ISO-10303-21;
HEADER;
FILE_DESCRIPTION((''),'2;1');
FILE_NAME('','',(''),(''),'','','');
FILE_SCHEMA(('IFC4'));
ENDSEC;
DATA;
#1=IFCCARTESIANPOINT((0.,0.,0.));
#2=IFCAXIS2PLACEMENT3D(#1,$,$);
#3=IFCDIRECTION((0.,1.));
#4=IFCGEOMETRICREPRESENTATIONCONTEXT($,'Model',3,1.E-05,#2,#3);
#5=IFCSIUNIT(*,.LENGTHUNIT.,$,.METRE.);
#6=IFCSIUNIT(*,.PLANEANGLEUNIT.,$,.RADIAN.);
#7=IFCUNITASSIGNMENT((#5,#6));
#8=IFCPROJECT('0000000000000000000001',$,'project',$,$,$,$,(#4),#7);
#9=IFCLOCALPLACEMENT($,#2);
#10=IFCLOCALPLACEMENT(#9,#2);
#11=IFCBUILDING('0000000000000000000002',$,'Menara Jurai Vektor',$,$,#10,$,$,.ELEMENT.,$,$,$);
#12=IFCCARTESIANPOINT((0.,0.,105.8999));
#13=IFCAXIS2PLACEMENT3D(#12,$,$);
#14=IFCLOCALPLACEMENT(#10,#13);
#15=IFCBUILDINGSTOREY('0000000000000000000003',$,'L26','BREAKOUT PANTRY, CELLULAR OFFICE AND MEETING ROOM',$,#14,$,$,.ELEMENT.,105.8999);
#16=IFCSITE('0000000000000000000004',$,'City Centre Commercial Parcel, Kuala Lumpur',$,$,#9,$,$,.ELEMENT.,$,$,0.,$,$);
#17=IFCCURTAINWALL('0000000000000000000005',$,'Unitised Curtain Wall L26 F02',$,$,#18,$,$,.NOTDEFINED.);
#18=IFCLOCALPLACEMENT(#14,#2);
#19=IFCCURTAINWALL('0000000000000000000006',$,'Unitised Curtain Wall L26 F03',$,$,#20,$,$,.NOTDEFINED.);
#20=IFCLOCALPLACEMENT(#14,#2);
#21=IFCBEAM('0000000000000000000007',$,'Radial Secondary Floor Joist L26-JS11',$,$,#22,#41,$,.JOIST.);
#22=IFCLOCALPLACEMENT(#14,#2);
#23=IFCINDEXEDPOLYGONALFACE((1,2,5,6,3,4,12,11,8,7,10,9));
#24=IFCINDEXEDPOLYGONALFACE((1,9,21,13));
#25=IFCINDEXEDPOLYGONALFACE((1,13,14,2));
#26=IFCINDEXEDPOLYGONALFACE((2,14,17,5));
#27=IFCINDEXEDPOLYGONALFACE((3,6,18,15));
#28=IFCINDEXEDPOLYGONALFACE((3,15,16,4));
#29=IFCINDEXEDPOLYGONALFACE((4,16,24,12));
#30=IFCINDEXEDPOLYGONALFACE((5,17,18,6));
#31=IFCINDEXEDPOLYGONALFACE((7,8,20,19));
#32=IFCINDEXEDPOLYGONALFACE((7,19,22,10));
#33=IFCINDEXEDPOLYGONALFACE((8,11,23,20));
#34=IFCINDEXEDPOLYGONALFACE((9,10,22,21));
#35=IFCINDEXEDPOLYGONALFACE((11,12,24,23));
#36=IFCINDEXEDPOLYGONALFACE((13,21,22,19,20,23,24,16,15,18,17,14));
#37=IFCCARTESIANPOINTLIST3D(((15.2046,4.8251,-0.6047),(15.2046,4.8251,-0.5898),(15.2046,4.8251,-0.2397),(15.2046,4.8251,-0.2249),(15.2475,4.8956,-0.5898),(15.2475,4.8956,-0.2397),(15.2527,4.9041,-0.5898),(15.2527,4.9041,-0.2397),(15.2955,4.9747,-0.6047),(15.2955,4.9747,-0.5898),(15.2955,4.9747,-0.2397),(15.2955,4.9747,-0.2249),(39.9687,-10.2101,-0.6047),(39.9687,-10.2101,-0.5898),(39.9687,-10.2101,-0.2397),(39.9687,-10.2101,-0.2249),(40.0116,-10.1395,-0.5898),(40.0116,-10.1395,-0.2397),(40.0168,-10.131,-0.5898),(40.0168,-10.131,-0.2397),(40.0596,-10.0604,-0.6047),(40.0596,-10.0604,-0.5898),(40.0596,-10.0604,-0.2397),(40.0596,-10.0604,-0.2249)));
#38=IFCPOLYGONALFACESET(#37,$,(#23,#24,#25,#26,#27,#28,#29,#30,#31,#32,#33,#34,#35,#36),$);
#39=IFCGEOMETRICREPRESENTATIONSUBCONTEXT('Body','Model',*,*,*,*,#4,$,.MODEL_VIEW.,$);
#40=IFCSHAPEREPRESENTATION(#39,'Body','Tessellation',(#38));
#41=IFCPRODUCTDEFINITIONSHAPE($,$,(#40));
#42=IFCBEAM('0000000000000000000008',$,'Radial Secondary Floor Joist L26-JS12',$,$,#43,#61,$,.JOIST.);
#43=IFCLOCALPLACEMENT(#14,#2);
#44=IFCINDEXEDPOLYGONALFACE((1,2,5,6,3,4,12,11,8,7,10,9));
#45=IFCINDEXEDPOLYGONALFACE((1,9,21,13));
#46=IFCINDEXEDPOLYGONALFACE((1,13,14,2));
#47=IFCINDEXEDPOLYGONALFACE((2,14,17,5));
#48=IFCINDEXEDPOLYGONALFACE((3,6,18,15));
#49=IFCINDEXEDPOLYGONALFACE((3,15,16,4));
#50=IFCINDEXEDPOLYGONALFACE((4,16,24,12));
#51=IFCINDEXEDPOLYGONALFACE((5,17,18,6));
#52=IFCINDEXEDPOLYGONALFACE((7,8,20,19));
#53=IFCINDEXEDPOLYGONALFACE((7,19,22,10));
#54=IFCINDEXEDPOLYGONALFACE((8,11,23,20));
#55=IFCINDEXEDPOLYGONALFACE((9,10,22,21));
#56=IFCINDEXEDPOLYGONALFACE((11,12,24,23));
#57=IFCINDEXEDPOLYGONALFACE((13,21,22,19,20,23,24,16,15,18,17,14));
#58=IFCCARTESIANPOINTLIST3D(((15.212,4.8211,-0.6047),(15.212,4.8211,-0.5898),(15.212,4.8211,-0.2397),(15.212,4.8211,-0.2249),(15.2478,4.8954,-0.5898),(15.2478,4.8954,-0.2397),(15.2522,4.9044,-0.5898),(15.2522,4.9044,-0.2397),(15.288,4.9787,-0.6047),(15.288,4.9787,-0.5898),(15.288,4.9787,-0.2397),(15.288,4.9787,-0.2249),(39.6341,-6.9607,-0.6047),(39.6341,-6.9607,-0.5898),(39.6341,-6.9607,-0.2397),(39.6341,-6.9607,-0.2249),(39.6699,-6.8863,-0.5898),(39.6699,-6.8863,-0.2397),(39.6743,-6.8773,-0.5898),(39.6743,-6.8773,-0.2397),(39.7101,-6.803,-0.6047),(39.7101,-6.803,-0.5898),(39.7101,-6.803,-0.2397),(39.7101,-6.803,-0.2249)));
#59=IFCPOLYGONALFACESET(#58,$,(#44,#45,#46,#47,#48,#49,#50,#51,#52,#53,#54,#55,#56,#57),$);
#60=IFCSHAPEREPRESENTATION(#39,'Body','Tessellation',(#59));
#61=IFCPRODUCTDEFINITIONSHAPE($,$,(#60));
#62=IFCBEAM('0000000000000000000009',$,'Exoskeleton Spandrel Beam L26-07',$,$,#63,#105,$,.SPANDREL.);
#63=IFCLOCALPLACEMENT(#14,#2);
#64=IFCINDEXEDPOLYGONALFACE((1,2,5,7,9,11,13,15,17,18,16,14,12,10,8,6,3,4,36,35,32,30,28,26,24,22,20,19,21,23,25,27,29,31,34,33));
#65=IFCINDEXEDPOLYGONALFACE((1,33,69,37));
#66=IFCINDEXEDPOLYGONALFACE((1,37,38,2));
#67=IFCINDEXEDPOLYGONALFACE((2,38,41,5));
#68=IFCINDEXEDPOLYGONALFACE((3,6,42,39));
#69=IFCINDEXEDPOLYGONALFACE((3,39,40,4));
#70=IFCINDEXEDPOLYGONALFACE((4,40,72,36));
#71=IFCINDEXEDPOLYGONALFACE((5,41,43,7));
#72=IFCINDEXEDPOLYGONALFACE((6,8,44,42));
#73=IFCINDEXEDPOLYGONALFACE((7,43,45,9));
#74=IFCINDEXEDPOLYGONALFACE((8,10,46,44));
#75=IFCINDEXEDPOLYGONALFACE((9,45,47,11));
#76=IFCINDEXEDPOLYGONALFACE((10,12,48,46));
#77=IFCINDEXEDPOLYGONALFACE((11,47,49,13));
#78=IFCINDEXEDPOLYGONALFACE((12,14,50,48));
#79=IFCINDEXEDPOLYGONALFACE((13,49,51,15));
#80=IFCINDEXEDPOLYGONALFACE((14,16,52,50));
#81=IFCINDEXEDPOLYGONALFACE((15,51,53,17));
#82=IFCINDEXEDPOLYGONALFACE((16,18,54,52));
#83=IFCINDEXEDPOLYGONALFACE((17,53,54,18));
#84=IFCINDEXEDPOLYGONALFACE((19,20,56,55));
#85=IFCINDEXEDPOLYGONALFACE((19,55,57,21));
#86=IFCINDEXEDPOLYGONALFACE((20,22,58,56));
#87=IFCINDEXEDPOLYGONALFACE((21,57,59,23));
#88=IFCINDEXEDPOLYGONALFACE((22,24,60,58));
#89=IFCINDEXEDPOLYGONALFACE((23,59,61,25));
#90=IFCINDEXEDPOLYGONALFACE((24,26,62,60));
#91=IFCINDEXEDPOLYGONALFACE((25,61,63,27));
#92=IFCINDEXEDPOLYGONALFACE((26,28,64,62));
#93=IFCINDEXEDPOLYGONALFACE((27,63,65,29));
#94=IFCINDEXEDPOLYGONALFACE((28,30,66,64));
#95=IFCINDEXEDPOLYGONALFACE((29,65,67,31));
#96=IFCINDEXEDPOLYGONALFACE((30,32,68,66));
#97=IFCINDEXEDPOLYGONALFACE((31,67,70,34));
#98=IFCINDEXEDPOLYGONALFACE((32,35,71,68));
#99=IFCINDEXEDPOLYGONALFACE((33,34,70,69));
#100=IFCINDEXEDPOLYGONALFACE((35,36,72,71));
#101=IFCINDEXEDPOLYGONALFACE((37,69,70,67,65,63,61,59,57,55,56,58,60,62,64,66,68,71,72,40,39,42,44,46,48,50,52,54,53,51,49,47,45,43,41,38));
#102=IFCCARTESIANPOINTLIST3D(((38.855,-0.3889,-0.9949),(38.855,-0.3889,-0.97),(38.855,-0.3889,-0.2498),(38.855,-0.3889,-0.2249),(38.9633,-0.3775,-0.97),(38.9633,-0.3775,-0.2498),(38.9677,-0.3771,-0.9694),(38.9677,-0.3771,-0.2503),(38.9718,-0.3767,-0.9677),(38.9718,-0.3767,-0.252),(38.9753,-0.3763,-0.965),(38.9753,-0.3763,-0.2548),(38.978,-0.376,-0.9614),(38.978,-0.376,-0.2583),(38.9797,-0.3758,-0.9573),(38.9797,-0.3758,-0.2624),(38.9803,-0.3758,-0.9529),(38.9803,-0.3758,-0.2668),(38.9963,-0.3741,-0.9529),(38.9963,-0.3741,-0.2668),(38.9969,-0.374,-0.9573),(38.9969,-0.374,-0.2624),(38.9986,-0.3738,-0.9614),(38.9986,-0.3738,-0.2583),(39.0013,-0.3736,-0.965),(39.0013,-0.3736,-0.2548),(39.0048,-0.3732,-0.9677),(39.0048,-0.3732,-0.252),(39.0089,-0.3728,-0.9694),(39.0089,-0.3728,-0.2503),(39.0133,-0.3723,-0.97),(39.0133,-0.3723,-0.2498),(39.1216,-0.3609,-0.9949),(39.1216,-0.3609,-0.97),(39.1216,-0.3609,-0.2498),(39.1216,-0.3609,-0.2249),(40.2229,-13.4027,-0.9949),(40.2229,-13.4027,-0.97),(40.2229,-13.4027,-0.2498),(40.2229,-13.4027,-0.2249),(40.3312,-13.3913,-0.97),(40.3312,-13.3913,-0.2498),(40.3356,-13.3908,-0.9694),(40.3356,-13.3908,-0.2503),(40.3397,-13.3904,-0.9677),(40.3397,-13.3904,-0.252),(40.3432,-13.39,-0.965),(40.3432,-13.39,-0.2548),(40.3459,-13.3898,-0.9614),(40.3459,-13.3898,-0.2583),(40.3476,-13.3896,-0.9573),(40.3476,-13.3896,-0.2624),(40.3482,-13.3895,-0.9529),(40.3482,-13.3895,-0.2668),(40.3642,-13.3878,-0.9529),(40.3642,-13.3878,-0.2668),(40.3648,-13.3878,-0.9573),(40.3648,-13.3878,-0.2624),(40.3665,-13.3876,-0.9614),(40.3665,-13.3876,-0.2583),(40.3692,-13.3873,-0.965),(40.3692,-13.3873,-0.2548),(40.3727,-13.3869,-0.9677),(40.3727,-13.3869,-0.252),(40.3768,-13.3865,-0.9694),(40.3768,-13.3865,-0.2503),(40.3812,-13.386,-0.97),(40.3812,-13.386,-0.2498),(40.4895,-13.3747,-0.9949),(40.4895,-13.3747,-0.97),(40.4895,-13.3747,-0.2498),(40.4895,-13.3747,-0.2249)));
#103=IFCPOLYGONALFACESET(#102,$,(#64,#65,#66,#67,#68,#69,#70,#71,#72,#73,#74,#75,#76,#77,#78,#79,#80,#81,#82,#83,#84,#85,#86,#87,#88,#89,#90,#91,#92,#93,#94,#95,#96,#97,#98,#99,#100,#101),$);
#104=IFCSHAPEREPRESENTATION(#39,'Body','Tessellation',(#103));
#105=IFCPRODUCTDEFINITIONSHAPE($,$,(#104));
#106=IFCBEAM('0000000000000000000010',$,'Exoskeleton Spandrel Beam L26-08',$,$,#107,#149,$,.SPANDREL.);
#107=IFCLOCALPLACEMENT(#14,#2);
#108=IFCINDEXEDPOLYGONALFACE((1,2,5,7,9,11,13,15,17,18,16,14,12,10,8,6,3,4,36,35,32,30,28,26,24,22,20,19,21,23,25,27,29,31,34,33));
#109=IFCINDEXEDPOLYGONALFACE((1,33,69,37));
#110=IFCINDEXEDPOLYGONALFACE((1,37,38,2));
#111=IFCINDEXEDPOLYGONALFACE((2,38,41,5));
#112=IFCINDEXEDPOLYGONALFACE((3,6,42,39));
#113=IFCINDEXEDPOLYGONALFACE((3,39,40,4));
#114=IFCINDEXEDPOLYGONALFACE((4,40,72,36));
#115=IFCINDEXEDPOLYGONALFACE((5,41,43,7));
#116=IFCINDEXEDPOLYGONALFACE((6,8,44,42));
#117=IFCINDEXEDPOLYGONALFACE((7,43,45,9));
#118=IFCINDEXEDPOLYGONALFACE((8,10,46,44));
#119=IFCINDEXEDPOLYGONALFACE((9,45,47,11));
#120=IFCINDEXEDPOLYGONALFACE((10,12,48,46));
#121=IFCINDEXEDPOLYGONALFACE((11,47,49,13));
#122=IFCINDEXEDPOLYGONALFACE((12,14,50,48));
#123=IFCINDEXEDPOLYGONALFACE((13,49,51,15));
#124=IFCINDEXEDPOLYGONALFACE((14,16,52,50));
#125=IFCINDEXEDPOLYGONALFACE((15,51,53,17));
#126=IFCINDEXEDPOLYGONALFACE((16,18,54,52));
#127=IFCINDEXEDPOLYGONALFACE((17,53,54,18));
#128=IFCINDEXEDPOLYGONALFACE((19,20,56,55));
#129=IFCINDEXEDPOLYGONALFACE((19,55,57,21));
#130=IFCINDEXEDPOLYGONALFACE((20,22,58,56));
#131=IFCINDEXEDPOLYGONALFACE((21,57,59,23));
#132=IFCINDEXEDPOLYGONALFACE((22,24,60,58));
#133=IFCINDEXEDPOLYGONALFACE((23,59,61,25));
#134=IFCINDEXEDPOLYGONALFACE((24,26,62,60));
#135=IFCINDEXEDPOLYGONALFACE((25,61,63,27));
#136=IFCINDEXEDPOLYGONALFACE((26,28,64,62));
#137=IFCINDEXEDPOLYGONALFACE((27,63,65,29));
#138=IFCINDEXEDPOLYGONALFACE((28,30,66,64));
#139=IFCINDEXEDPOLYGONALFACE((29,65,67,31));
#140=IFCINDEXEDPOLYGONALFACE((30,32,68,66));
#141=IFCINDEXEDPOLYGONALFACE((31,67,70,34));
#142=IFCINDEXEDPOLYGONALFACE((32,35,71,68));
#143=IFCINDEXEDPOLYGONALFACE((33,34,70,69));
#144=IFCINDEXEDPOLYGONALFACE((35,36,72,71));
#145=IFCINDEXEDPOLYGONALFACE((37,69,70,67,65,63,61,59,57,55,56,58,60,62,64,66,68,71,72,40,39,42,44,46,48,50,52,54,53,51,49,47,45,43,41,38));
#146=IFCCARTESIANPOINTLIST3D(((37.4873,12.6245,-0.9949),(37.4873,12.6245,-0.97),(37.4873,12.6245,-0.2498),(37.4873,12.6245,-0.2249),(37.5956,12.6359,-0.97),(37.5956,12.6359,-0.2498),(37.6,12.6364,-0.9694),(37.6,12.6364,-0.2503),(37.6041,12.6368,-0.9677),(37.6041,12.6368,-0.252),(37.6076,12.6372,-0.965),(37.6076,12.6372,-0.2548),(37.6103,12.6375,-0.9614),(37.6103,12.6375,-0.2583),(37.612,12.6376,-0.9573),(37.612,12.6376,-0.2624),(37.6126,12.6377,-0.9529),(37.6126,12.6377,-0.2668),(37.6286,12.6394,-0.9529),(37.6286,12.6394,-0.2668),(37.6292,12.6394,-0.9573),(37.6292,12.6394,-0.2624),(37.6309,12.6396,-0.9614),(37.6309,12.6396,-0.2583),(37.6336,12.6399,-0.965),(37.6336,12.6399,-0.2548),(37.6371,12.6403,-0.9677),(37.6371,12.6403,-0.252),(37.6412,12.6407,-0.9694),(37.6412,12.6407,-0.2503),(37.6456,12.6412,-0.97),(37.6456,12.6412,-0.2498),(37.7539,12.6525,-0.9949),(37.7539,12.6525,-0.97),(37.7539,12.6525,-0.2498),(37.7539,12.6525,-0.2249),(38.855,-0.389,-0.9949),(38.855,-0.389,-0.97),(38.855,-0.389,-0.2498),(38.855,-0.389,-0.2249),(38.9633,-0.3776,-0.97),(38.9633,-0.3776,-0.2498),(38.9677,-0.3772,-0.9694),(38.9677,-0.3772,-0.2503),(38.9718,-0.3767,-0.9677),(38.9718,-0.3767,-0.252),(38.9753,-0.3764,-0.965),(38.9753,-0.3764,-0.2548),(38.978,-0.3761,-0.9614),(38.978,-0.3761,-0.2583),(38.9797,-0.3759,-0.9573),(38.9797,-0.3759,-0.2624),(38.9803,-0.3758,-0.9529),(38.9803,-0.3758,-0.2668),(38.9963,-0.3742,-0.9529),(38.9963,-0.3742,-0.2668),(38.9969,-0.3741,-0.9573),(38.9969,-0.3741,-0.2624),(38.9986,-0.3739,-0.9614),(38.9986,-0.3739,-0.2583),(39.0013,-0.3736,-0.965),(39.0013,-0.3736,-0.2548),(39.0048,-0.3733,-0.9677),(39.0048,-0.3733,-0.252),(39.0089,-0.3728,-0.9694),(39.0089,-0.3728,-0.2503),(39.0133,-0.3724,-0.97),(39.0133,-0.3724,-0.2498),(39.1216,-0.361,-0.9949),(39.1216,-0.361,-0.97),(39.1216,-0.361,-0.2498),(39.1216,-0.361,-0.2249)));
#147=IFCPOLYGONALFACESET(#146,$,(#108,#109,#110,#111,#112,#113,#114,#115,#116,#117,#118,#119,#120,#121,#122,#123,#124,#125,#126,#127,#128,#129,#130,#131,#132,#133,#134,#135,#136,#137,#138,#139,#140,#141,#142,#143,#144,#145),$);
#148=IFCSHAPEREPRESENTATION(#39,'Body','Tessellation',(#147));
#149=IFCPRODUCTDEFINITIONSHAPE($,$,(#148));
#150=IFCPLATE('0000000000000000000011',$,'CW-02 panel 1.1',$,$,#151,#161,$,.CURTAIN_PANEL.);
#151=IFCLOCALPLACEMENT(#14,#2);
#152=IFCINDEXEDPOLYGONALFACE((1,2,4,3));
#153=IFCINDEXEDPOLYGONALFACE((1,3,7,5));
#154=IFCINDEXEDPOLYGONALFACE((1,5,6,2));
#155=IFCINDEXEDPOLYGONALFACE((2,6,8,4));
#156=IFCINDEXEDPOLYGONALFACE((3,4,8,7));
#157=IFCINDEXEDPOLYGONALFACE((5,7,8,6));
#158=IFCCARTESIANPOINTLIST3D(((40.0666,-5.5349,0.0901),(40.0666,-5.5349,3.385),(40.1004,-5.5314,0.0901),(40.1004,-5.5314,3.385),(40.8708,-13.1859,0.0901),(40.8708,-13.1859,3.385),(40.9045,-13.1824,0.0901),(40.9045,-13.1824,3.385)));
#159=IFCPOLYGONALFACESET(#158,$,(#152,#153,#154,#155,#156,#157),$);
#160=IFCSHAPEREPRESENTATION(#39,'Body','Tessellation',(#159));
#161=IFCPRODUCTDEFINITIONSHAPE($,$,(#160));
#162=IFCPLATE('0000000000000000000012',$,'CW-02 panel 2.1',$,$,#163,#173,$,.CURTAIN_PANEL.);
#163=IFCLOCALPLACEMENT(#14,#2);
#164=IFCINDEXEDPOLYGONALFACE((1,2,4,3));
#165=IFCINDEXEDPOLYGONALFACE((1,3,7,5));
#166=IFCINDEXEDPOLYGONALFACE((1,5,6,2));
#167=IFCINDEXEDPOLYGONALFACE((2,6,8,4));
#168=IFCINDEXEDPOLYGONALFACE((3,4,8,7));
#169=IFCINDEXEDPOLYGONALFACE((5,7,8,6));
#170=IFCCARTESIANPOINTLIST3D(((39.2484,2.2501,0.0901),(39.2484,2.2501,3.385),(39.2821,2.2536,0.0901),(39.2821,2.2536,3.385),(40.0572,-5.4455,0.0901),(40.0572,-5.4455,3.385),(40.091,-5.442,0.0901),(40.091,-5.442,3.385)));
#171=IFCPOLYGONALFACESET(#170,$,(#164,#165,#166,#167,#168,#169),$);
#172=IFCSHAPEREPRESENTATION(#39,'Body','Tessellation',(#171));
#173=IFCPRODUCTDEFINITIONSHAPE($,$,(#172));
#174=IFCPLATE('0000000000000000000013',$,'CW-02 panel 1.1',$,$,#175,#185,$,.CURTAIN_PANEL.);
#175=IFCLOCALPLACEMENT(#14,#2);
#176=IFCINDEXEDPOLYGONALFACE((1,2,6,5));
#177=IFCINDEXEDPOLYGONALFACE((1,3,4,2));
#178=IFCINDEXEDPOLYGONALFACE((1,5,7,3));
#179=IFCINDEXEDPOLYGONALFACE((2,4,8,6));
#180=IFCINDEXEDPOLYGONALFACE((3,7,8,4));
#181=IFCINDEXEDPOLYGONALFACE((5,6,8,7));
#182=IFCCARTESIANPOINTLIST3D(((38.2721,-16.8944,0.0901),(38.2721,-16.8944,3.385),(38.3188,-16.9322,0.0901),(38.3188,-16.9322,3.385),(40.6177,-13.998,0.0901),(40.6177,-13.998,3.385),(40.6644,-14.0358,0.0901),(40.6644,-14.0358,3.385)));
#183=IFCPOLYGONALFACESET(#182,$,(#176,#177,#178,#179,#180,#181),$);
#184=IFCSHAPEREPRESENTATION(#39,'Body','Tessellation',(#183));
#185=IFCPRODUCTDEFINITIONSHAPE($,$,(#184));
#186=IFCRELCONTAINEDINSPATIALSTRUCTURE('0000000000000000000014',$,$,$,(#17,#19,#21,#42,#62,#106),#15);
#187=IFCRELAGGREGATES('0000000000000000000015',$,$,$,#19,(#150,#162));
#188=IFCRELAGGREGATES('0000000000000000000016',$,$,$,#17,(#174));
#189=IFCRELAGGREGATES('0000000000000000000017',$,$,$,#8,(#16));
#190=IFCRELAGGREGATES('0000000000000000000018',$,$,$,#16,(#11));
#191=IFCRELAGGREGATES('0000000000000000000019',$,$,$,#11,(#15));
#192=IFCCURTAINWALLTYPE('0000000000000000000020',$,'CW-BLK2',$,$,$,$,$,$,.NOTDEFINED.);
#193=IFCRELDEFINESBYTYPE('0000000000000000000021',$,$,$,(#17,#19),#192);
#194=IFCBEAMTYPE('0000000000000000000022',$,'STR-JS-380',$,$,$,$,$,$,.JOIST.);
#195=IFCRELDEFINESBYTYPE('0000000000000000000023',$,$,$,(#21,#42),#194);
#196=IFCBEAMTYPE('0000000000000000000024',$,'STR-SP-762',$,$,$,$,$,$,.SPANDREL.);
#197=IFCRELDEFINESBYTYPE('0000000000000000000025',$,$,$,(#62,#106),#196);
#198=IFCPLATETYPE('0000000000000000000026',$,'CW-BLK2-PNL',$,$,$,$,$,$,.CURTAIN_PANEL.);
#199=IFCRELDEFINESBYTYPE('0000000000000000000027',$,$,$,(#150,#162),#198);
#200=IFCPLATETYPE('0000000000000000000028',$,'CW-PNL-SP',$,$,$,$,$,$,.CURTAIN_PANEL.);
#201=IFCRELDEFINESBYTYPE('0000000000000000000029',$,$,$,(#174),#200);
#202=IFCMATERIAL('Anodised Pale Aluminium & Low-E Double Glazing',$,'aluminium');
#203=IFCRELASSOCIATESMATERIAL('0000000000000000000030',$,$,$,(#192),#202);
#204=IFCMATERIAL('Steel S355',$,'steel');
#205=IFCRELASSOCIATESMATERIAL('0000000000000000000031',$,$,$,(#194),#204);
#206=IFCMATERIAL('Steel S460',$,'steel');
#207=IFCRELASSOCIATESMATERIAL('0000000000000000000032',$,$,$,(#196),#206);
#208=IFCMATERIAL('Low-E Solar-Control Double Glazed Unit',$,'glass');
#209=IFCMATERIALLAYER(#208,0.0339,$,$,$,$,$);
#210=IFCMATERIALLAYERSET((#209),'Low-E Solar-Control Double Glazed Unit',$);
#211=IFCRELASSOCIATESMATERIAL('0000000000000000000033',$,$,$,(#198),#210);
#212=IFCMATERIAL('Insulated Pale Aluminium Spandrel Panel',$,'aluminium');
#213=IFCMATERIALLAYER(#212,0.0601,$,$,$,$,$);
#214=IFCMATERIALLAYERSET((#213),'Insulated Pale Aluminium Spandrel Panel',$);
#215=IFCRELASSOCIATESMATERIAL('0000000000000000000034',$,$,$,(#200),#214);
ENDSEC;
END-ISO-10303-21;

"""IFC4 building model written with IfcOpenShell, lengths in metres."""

from ifc_helpers import new_model, si_unit, direction, frame, origin, origin_2d, place, context, subcontext, project, spatial, rectangle, i_section, extrude, material, layer, layer_set, material_profile, profile_set, type_object, element, aggregate, save


model = new_model("IFC4")

# Units and contexts
model_context = context("Model", 3, precision=1e-05, world=origin(), true_north=direction((0.0, 1.0)))
body_context = subcontext(model_context, "Body", "Model", "MODEL_VIEW")
ifc_project = project(units=[si_unit("LENGTHUNIT", "METRE"), si_unit("PLANEANGLEUNIT", "RADIAN")], contexts=[model_context])

# Site, building, storey
site_placement = place(None, origin())
site = spatial("IfcSite", under=ifc_project, at=site_placement, Name="City Centre Commercial Parcel, Kuala Lumpur", CompositionType="ELEMENT", RefElevation=0.0)
building_placement = place(site_placement, origin())
building = spatial("IfcBuilding", under=site, at=building_placement, Name="Menara Jurai Vektor", CompositionType="ELEMENT")
storey_placement = place(building_placement, frame((0.0, 0.0, 105.8999)))
storey = spatial("IfcBuildingStorey", under=building, at=storey_placement, Name="L26", Description="BREAKOUT PANTRY, CELLULAR OFFICE AND MEETING ROOM", CompositionType="ELEMENT", Elevation=105.8999)

# Shared definitions
ifc_material_1 = material(Name="Steel S460", Category="steel")

# Curtain walls
ifc_material_2 = material(Name="Anodised Pale Aluminium & Low-E Double Glazing", Category="aluminium")
curtain_wall_type = type_object("IfcCurtainWallType", Name="CW-BLK2", PredefinedType="NOTDEFINED", material=ifc_material_2)
curtain_wall_1_placement = place(storey_placement, origin())
curtain_wall_1 = element("IfcCurtainWall", 1, at=curtain_wall_1_placement, inside=storey, type_object=curtain_wall_type, Name="Unitised Curtain Wall L26 F02", PredefinedType="NOTDEFINED")
curtain_wall_2_placement = place(storey_placement, origin())
curtain_wall_2 = element("IfcCurtainWall", 2, at=curtain_wall_2_placement, inside=storey, type_object=curtain_wall_type, Name="Unitised Curtain Wall L26 F03", PredefinedType="NOTDEFINED")

# Shared definitions
ifc_material_3 = material(Name="Steel S355", Category="steel")

# Beams
ifc_material_profile_1 = material_profile(ifc_material_3, i_section(OverallWidth=0.175, OverallDepth=0.3799, WebThickness=0.01, FlangeThickness=0.0149, at=origin_2d()), Name="PG 380x175x58")
ifc_profile_set_1 = profile_set([ifc_material_profile_1], Name="Steel S355")
beam_type_1 = type_object("IfcBeamType", Name="STR-JS-380", PredefinedType="JOIST", material=ifc_profile_set_1)
beam_1_placement = place(storey_placement, frame((40.0142, -10.1353, -0.4148), z_axis=(-0.854791, 0.518972, 0.0), x_axis=(-0.518972, -0.854791, 0.0)))
element("IfcBeam", 3, at=beam_1_placement, inside=storey, type_object=beam_type_1, Name="Radial Secondary Floor Joist L26-JS11", PredefinedType="JOIST", context=body_context, shape_type="SweptSolid", body=[
    extrude(i_section(OverallWidth=0.175, OverallDepth=0.3799, WebThickness=0.01, FlangeThickness=0.0149, at=origin_2d()), origin(), (0.0, 0.0, 1.0), 28.9709),
])
beam_2_placement = place(storey_placement, frame((39.6721, -6.8818, -0.4148), z_axis=(-0.900671, 0.434502, 0.0), x_axis=(-0.434502, -0.900671, 0.0)))
element("IfcBeam", 4, at=beam_2_placement, inside=storey, type_object=beam_type_1, Name="Radial Secondary Floor Joist L26-JS12", PredefinedType="JOIST", context=body_context, shape_type="SweptSolid", body=[
    extrude(i_section(OverallWidth=0.175, OverallDepth=0.3799, WebThickness=0.01, FlangeThickness=0.0149, at=origin_2d()), origin(), (0.0, 0.0, 1.0), 27.1155),
])
ifc_material_profile_2 = material_profile(ifc_material_1, i_section(OverallWidth=0.2681, OverallDepth=0.77, WebThickness=0.0161, FlangeThickness=0.0249, FilletRadius=0.0171, at=origin_2d()), Name="UKB 762x267x197")
ifc_profile_set_2 = profile_set([ifc_material_profile_2], Name="Steel S460")
beam_type_2 = type_object("IfcBeamType", Name="STR-SP-762", PredefinedType="SPANDREL", material=ifc_profile_set_2)
beam_3_placement = place(storey_placement, frame((40.3562, -13.3887, -0.6099), z_axis=(-0.104538, 0.994521, 0.0), x_axis=(-0.994521, -0.104538, 0.0)))
element("IfcBeam", 5, at=beam_3_placement, inside=storey, type_object=beam_type_2, Name="Exoskeleton Spandrel Beam L26-07", PredefinedType="SPANDREL", context=body_context, shape_type="SweptSolid", body=[
    extrude(i_section(OverallWidth=0.2681, OverallDepth=0.77, WebThickness=0.0161, FlangeThickness=0.0249, FilletRadius=0.0171, at=origin_2d()), origin(), (0.0, 0.0, 1.0), 13.0854),
])
beam_4_placement = place(storey_placement, frame((38.9883, -0.375, -0.6099), z_axis=(-0.104522, 0.994523, 0.0), x_axis=(-0.994523, -0.104522, 0.0)))
element("IfcBeam", 6, at=beam_4_placement, inside=storey, type_object=beam_type_2, Name="Exoskeleton Spandrel Beam L26-08", PredefinedType="SPANDREL", context=body_context, shape_type="SweptSolid", body=[
    extrude(i_section(OverallWidth=0.2681, OverallDepth=0.77, WebThickness=0.0161, FlangeThickness=0.0249, FilletRadius=0.0171, at=origin_2d()), origin(), (0.0, 0.0, 1.0), 13.0852),
])

# Plates
ifc_material_4 = material(Name="Low-E Solar-Control Double Glazed Unit", Category="glass")
ifc_layer_1 = layer(ifc_material_4, 0.0339)
ifc_layer_set_1 = layer_set([ifc_layer_1], Name="Low-E Solar-Control Double Glazed Unit")
plate_type_1 = type_object("IfcPlateType", Name="CW-BLK2-PNL", PredefinedType="CURTAIN_PANEL", material=ifc_layer_set_1)
plate_1_placement = place(storey_placement, frame((40.4856, -9.3586, 0.0901), z_axis=(0.0, 0.0, 1.0), x_axis=(-0.10453, 0.994522, 0.0)))
plate_1 = element("IfcPlate", 7, at=plate_1_placement, type_object=plate_type_1, Name="CW-02 panel 1.1", PredefinedType="CURTAIN_PANEL", context=body_context, shape_type="SweptSolid", body=[
    extrude(rectangle(XDim=7.6931, YDim=0.0339, at=origin_2d()), origin(), (0.0, 0.0, 1.0), 3.2949),
])
plate_2_placement = place(storey_placement, frame((39.6697, -1.5959, 0.0901), z_axis=(0.0, 0.0, 1.0), x_axis=(-0.10453, 0.994522, 0.0)))
plate_2 = element("IfcPlate", 8, at=plate_2_placement, type_object=plate_type_1, Name="CW-02 panel 2.1", PredefinedType="CURTAIN_PANEL", context=body_context, shape_type="SweptSolid", body=[
    extrude(rectangle(XDim=7.738, YDim=0.0339, at=origin_2d()), origin(), (0.0, 0.0, 1.0), 3.2949),
])
aggregate(curtain_wall_2, [plate_1, plate_2])
ifc_material_5 = material(Name="Insulated Pale Aluminium Spandrel Panel", Category="aluminium")
ifc_layer_2 = layer(ifc_material_5, 0.0601)
ifc_layer_set_2 = layer_set([ifc_layer_2], Name="Insulated Pale Aluminium Spandrel Panel")
plate_type_2 = type_object("IfcPlateType", Name="CW-PNL-SP", PredefinedType="CURTAIN_PANEL", material=ifc_layer_set_2)
plate_3_placement = place(storey_placement, frame((39.4683, -15.4651, 0.0901), z_axis=(0.0, 0.0, 1.0), x_axis=(0.629341, 0.777129, 0.0)))
plate_3 = element("IfcPlate", 9, at=plate_3_placement, type_object=plate_type_2, Name="CW-02 panel 1.1", PredefinedType="CURTAIN_PANEL", context=body_context, shape_type="SweptSolid", body=[
    extrude(rectangle(XDim=3.7271, YDim=0.0601, at=origin_2d()), origin(), (0.0, 0.0, 1.0), 3.2949),
])
aggregate(curtain_wall_1, [plate_3])

save(model, "model.ifc")
